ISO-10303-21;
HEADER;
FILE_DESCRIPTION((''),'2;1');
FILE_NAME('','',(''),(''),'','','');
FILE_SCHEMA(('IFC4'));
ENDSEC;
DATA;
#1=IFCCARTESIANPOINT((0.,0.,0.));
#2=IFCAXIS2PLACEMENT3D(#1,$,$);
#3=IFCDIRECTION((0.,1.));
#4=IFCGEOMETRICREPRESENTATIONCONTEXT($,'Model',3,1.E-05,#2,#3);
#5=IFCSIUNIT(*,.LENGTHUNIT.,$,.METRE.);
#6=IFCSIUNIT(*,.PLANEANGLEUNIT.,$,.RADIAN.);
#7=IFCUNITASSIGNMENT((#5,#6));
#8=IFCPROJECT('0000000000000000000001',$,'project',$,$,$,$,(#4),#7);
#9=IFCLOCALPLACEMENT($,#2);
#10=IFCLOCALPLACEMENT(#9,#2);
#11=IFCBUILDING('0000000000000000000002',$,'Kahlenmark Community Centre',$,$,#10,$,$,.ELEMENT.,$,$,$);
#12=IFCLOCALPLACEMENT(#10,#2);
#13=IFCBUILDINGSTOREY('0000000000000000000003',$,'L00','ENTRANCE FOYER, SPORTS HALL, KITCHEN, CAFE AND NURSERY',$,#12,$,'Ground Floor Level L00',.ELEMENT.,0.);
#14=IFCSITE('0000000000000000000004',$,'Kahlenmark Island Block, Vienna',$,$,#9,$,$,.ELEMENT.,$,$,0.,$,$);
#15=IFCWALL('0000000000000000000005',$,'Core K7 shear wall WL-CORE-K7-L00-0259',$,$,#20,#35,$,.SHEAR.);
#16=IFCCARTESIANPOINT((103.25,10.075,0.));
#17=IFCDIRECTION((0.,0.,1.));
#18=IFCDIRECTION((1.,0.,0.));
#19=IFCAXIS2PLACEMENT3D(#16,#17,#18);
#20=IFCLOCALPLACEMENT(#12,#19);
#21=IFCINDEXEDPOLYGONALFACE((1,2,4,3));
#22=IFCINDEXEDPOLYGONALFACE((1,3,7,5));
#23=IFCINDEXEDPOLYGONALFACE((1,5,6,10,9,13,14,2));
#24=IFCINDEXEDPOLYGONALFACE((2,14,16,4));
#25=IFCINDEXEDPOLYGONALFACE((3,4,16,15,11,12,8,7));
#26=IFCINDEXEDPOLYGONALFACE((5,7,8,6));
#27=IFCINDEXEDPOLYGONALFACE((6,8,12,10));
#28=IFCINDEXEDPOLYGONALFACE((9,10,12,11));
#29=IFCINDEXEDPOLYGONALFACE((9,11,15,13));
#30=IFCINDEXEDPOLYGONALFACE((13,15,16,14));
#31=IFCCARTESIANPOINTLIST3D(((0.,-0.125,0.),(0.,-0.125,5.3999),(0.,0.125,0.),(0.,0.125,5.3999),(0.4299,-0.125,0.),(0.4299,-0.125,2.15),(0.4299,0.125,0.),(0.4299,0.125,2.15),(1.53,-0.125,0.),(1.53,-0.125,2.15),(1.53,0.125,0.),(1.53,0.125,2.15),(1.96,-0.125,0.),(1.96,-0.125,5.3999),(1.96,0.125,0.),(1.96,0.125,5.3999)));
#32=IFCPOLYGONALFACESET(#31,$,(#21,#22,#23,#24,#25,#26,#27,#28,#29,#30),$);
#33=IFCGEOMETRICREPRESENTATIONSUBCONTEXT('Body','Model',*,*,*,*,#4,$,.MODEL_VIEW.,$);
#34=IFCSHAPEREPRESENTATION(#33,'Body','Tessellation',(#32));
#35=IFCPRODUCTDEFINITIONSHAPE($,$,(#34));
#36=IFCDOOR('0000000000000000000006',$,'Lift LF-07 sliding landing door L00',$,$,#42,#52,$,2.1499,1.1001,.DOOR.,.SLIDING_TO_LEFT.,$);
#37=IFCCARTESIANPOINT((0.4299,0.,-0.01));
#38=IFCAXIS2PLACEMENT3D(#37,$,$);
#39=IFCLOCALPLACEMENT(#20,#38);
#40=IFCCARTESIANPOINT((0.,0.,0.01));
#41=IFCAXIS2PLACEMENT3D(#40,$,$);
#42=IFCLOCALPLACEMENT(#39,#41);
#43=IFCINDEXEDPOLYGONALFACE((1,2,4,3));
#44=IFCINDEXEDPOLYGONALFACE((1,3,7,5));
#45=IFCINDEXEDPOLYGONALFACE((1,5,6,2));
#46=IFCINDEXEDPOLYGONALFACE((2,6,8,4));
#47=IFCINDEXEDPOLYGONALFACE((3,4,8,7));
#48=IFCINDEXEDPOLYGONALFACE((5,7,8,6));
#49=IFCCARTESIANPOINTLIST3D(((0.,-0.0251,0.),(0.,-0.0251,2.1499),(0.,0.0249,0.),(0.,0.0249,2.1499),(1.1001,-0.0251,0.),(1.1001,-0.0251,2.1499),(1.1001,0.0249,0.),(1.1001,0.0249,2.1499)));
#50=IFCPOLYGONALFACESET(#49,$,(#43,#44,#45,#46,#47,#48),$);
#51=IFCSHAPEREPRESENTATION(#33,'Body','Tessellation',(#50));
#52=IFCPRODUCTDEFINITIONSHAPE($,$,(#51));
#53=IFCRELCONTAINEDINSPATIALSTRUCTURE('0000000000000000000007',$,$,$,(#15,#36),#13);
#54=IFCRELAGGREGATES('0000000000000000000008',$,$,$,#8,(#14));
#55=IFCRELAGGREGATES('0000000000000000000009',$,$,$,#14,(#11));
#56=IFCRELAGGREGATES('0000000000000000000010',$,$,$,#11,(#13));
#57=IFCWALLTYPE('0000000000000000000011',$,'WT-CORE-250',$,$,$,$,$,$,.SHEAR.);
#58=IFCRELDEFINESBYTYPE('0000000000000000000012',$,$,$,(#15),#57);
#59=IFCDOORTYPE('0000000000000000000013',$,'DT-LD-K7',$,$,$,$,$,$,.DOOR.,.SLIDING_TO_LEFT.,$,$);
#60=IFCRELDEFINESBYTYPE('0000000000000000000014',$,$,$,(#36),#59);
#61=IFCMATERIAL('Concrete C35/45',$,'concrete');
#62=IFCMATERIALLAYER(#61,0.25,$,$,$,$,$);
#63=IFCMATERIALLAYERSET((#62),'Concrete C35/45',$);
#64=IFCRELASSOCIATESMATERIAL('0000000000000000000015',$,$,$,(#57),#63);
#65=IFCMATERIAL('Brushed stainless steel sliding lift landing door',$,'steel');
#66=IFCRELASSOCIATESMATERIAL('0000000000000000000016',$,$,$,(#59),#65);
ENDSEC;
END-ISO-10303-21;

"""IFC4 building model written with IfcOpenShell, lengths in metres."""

from ifc_helpers import new_model, si_unit, direction, frame, frame_2d, origin, place, context, subcontext, project, spatial, rectangle, extrude, material, layer, layer_set, type_object, element, fill, save


model = new_model("IFC4")

# Units and contexts
model_context = context("Model", 3, precision=1e-05, world=origin(), true_north=direction((0.0, 1.0)))
body_context = subcontext(model_context, "Body", "Model", "MODEL_VIEW")
ifc_project = project(units=[si_unit("LENGTHUNIT", "METRE"), si_unit("PLANEANGLEUNIT", "RADIAN")], contexts=[model_context])

# Site, building, storey
site_placement = place(None, origin())
site = spatial("IfcSite", under=ifc_project, at=site_placement, Name="Kahlenmark Island Block, Vienna", CompositionType="ELEMENT", RefElevation=0.0)
building_placement = place(site_placement, origin())
building = spatial("IfcBuilding", under=site, at=building_placement, Name="Kahlenmark Community Centre", CompositionType="ELEMENT")
storey_placement = place(building_placement, origin())
storey = spatial("IfcBuildingStorey", under=building, at=storey_placement, Name="L00", Description="ENTRANCE FOYER, SPORTS HALL, KITCHEN, CAFE AND NURSERY", LongName="Ground Floor Level L00", CompositionType="ELEMENT", Elevation=0.0)

# Shared definitions
ifc_material_1 = material(Name="Concrete C35/45", Category="concrete")

# Shared definitions
ifc_layer_1 = layer(ifc_material_1, 0.25)
ifc_layer_set_1 = layer_set([ifc_layer_1], Name="Concrete C35/45")
wall_type_1 = type_object("IfcWallType", Name="WT-CORE-250", PredefinedType="SHEAR", material=ifc_layer_set_1)

# Wall, opening, door
wall_1_placement = place(storey_placement, frame((103.25, 10.075, 0.0), z_axis=(0.0, 0.0, 1.0), x_axis=(1.0, 0.0, 0.0)))
wall_1 = element("IfcWall", 1, at=wall_1_placement, inside=storey, type_object=wall_type_1, Name="Core K7 shear wall WL-CORE-K7-L00-0259", PredefinedType="SHEAR", context=body_context, shape_type="SweptSolid", body=[
    extrude(rectangle(XDim=1.96, YDim=0.25, at=frame_2d((0.98, 0.0))), origin(), (0.0, 0.0, 1.0), 5.3999),
])
opening_1_placement = place(wall_1_placement, frame((0.4299, 0.0, -0.01)))
opening_1 = element("IfcOpeningElement", 2, at=opening_1_placement, cuts=wall_1, PredefinedType="OPENING", context=body_context, shape_type="SweptSolid", body=[
    extrude(rectangle(XDim=1.1001, YDim=2.1599, at=frame_2d((0.55, 1.0801))), frame((0.0, 0.135, 0.0), z_axis=(0.0, -1.0, 0.0), x_axis=(1.0, 0.0, 0.0)), (0.0, 0.0, 1.0), 0.27),
])
ifc_material_2 = material(Name="Brushed stainless steel sliding lift landing door", Category="steel")
door_type_1 = type_object("IfcDoorType", Name="DT-LD-K7", OperationType="SLIDING_TO_LEFT", PredefinedType="DOOR", material=ifc_material_2)
door_1_placement = place(opening_1_placement, frame((0.0, 0.0, 0.01)))
door_1 = element("IfcDoor", 3, at=door_1_placement, inside=storey, type_object=door_type_1, Name="Lift LF-07 sliding landing door L00", OperationType="SLIDING_TO_LEFT", OverallHeight=2.1499, OverallWidth=1.1001, PredefinedType="DOOR", context=body_context, shape_type="SweptSolid", body=[
    extrude(rectangle(XDim=1.1001, YDim=2.1499, at=frame_2d((0.55, 1.075))), frame((0.0, 0.0249, 0.0), z_axis=(0.0, -1.0, 0.0), x_axis=(1.0, 0.0, 0.0)), (0.0, 0.0, 1.0), 0.05),
])
fill(opening_1, door_1)

save(model, "model.ifc")
